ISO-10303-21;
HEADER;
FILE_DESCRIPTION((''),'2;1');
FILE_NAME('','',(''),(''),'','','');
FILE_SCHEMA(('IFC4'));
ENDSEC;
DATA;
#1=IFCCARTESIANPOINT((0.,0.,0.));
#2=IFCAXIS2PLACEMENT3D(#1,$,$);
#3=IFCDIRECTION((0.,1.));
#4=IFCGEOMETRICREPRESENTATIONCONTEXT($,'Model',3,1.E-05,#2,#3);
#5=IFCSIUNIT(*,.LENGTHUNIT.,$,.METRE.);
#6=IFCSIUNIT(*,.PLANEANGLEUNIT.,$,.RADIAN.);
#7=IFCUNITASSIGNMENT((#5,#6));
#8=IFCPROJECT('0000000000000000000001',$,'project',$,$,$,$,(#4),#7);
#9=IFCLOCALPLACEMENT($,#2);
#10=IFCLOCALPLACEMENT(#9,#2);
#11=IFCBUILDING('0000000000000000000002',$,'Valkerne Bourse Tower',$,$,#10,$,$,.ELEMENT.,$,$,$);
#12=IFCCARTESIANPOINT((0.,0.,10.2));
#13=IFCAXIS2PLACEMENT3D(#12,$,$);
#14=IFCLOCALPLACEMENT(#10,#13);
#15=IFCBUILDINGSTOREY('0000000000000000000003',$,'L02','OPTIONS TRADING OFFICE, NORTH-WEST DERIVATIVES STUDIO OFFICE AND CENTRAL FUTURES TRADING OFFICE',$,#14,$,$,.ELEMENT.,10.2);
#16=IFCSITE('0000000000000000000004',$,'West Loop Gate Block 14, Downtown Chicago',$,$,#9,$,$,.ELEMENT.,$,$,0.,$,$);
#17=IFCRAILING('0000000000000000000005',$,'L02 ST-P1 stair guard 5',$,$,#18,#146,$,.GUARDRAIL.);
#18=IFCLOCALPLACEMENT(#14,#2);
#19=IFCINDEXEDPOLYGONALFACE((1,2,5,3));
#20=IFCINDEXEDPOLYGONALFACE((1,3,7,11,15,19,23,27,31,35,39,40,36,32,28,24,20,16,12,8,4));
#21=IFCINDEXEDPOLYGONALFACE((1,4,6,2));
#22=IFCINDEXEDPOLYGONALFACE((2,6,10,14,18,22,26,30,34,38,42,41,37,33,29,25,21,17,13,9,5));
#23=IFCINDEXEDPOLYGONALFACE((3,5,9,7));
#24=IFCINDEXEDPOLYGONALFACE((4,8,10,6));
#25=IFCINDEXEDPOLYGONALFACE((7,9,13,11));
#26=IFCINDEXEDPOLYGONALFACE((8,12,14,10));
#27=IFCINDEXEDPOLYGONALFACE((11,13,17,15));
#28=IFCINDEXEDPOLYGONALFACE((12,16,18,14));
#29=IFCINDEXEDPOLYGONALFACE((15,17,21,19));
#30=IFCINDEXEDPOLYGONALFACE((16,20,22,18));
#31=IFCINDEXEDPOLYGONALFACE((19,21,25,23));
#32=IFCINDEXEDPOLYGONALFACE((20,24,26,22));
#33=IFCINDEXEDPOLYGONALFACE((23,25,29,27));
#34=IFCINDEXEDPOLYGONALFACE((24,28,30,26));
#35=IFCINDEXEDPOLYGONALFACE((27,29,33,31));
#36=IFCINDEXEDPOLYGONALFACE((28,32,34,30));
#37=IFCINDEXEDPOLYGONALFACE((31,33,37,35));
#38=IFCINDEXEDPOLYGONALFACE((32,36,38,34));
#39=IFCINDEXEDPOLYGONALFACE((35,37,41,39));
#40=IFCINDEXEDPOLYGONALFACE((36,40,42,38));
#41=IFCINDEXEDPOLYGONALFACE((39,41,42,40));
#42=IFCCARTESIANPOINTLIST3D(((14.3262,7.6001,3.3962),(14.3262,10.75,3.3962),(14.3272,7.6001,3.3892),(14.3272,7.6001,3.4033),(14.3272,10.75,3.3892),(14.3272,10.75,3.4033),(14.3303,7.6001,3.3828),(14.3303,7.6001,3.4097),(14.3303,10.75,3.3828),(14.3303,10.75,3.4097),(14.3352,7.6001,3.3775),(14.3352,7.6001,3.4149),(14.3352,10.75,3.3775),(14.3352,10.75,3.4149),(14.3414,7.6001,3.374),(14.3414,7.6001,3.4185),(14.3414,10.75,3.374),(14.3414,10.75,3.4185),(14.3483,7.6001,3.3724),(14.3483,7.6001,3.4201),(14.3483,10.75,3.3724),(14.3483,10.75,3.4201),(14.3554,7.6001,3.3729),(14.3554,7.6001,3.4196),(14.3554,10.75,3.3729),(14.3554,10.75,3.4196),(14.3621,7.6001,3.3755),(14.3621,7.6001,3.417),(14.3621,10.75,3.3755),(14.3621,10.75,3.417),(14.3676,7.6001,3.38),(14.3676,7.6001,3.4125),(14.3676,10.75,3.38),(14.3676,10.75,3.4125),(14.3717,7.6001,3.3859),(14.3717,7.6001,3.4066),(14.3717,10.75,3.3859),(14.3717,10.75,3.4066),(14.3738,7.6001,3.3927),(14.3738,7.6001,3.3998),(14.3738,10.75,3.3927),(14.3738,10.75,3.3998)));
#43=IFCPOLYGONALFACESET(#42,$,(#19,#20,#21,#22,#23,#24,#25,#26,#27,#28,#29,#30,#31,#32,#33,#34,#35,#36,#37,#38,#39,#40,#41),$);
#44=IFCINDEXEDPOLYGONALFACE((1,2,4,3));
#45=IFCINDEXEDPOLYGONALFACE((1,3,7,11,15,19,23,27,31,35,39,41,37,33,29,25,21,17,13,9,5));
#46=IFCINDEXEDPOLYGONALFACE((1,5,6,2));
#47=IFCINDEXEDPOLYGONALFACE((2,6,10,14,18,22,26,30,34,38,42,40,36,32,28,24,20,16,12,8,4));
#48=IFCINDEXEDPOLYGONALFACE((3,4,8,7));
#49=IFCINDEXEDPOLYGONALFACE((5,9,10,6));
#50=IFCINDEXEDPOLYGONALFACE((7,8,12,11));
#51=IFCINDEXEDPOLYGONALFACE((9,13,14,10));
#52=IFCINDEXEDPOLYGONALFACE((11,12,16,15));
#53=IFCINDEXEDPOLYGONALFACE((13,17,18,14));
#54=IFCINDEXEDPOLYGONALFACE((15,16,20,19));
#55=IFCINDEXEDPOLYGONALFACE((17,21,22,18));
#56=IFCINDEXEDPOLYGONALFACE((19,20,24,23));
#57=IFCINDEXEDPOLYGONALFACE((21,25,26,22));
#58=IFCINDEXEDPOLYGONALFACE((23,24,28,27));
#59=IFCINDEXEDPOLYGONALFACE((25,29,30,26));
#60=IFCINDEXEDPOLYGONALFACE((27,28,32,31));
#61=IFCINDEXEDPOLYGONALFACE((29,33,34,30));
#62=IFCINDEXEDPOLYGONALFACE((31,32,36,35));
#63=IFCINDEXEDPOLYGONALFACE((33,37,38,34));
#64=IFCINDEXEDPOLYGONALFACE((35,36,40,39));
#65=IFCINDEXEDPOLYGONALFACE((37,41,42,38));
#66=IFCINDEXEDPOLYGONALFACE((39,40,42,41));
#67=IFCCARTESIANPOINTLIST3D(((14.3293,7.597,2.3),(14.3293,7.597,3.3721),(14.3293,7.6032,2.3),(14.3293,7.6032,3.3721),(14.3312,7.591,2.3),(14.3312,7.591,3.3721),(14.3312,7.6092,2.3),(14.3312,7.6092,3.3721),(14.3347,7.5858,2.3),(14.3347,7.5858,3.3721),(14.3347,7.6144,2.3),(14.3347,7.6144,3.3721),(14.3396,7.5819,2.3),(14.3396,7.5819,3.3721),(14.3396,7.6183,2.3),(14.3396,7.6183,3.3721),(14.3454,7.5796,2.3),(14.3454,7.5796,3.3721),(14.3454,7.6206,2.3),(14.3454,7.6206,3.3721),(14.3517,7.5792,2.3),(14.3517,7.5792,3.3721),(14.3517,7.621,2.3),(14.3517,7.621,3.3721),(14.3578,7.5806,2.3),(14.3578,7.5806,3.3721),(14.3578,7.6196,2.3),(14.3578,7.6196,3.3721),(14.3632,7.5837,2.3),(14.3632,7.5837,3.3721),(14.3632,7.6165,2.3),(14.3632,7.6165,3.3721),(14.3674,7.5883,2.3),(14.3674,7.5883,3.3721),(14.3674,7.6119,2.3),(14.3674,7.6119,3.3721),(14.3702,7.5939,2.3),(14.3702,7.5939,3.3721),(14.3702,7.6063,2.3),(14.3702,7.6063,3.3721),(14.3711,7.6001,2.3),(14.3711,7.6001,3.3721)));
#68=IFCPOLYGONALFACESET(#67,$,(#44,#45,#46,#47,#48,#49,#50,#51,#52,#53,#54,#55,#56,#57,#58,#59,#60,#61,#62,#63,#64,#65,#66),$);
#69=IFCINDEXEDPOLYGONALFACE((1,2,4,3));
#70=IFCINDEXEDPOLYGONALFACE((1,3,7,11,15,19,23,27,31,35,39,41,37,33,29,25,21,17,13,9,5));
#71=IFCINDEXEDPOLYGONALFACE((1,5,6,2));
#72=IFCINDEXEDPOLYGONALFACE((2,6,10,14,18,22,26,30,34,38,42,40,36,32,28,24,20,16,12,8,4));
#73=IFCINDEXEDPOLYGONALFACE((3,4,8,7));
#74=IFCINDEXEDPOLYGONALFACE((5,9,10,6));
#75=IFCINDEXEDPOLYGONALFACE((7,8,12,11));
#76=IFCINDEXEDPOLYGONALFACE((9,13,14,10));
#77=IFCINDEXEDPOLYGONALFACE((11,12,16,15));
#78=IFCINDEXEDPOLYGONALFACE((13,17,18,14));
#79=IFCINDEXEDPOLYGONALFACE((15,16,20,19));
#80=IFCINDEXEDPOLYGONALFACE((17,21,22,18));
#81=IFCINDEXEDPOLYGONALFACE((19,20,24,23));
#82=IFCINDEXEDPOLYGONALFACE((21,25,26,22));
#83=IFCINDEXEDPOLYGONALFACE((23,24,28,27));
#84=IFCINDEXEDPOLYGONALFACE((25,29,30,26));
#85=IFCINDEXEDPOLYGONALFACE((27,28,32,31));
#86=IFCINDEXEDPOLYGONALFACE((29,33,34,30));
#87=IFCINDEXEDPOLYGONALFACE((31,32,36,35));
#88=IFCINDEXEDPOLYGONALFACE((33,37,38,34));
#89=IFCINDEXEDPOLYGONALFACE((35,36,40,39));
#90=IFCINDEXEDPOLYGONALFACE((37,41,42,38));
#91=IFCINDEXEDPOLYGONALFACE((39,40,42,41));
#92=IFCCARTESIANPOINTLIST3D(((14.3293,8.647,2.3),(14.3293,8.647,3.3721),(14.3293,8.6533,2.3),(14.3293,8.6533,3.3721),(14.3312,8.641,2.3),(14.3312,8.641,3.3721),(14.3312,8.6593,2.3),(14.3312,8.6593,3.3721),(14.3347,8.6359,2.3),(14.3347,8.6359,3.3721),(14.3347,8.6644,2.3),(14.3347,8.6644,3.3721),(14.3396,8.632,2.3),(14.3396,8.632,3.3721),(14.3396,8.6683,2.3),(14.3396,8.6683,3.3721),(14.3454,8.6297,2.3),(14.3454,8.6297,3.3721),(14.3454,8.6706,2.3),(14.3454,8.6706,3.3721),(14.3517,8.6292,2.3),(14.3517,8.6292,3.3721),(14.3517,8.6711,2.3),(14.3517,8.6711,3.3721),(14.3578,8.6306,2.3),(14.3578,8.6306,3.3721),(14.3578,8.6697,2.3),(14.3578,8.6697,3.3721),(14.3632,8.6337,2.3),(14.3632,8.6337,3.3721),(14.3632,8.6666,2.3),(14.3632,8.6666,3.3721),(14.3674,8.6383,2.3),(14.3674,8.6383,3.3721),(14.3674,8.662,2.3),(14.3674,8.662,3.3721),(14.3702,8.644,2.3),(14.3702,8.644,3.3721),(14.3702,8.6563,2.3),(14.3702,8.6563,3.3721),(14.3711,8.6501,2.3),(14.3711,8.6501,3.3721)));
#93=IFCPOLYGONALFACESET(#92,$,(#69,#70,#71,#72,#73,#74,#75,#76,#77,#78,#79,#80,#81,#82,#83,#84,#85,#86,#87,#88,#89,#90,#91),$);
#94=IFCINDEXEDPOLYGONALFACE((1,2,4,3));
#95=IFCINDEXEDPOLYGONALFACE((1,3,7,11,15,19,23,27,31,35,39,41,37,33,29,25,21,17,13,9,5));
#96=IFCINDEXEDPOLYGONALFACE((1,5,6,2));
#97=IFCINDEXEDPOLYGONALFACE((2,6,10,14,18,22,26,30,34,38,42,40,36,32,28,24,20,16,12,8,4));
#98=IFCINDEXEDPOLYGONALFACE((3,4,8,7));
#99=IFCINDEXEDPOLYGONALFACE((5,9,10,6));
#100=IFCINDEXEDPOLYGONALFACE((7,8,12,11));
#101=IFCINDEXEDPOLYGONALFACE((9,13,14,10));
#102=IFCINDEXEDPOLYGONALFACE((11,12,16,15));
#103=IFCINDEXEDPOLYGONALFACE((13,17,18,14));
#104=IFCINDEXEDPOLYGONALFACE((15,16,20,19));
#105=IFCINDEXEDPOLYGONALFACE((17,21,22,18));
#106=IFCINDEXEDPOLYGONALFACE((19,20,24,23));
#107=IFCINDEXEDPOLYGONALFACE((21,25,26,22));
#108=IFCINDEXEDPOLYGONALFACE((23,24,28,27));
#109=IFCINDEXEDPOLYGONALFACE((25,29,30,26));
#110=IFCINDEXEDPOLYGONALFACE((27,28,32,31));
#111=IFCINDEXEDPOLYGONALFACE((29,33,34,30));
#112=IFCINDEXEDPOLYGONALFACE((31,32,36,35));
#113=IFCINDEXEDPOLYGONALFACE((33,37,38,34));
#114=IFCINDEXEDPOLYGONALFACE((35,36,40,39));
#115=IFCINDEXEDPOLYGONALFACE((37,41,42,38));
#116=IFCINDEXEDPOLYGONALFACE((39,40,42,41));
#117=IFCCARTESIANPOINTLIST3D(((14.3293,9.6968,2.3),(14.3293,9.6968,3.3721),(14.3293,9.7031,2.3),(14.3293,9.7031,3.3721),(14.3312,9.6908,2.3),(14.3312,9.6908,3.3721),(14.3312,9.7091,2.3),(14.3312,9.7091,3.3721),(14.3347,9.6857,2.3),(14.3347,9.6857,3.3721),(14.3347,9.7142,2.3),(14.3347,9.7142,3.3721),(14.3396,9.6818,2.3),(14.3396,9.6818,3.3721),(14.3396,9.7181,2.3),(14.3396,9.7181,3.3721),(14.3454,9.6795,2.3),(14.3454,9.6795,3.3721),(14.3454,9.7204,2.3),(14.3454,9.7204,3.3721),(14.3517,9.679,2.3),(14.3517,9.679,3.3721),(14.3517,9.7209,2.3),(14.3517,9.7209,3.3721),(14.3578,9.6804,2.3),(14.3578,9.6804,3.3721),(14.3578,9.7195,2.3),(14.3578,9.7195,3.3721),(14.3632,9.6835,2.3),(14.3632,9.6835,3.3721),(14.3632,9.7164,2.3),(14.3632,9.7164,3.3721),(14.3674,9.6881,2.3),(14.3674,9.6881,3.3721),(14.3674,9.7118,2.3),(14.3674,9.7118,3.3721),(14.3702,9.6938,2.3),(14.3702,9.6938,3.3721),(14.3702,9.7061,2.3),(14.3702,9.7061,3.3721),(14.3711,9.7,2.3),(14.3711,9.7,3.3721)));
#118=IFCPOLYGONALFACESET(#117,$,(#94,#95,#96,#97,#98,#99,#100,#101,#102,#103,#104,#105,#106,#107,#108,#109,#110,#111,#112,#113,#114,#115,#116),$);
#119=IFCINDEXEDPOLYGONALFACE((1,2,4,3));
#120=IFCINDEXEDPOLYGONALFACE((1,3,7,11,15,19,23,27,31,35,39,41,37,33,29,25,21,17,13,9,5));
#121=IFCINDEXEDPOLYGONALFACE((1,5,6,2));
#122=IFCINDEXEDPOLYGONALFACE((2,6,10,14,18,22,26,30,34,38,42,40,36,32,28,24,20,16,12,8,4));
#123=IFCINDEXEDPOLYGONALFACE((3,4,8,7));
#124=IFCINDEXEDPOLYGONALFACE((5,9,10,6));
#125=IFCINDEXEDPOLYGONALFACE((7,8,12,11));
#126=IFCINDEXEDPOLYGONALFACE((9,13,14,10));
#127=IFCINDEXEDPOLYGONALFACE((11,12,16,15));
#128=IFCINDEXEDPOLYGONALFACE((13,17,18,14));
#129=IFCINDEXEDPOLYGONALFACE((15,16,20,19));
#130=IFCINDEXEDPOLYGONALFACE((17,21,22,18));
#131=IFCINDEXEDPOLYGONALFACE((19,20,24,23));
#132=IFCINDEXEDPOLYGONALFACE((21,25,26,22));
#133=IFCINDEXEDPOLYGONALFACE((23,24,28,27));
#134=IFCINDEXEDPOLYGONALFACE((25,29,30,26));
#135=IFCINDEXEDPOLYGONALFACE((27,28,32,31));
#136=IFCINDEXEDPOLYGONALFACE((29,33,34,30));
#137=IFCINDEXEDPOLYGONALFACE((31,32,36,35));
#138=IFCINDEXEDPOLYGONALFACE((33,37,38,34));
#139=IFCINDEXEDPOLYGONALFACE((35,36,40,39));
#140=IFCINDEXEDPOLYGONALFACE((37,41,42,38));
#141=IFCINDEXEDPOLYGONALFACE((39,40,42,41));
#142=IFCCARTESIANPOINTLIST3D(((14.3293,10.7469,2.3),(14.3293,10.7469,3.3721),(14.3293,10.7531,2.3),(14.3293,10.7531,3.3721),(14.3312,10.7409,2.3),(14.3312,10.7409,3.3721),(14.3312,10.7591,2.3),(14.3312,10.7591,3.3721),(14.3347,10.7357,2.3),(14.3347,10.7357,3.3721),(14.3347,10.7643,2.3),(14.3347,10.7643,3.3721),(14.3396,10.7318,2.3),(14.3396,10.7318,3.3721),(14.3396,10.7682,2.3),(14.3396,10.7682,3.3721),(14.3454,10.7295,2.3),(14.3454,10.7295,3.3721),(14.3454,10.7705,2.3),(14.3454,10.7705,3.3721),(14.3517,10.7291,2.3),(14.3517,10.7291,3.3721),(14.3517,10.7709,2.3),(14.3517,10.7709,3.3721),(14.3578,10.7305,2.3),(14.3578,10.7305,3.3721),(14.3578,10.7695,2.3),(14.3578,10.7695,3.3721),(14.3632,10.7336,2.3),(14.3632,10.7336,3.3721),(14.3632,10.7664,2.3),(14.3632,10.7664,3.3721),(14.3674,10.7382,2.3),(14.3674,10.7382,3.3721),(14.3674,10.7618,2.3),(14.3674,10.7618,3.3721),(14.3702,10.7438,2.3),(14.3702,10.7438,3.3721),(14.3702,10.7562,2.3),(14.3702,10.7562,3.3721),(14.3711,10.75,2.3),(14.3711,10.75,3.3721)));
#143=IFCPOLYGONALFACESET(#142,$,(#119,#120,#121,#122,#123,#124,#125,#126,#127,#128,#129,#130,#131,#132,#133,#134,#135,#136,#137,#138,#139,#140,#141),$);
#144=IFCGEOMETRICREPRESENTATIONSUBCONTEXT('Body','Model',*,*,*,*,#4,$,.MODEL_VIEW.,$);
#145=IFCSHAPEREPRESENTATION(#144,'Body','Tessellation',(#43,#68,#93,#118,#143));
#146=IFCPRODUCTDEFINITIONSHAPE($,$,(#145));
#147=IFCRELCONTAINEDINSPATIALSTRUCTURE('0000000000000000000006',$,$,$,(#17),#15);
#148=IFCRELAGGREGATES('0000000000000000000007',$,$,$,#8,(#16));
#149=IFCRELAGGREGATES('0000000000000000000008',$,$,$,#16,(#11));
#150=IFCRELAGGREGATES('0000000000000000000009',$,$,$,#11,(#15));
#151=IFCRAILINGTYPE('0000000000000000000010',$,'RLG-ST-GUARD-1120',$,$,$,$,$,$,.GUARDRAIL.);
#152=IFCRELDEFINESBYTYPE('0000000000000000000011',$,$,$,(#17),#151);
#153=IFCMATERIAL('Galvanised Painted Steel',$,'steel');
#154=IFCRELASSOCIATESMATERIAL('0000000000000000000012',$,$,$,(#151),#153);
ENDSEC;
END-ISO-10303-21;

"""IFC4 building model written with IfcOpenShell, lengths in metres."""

from ifc_helpers import new_model, si_unit, direction, frame, origin, origin_2d, place, context, subcontext, project, spatial, circle, extrude, material, type_object, element, save


model = new_model("IFC4")

# Units and contexts
model_context = context("Model", 3, precision=1e-05, world=origin(), true_north=direction((0.0, 1.0)))
body_context = subcontext(model_context, "Body", "Model", "MODEL_VIEW")
ifc_project = project(units=[si_unit("LENGTHUNIT", "METRE"), si_unit("PLANEANGLEUNIT", "RADIAN")], contexts=[model_context])

# Site, building, storey
site_placement = place(None, origin())
site = spatial("IfcSite", under=ifc_project, at=site_placement, Name="West Loop Gate Block 14, Downtown Chicago", CompositionType="ELEMENT", RefElevation=0.0)
building_placement = place(site_placement, origin())
building = spatial("IfcBuilding", under=site, at=building_placement, Name="Valkerne Bourse Tower", CompositionType="ELEMENT")
storey_placement = place(building_placement, frame((0.0, 0.0, 10.2)))
storey = spatial("IfcBuildingStorey", under=building, at=storey_placement, Name="L02", Description="OPTIONS TRADING OFFICE, NORTH-WEST DERIVATIVES STUDIO OFFICE AND CENTRAL FUTURES TRADING OFFICE", CompositionType="ELEMENT", Elevation=10.2)

# Railing
ifc_material_1 = material(Name="Galvanised Painted Steel", Category="steel")
railing_type_1 = type_object("IfcRailingType", Name="RLG-ST-GUARD-1120", PredefinedType="GUARDRAIL", material=ifc_material_1)
railing_1_placement = place(storey_placement, frame((14.3501, 7.6001, 2.3)))
element("IfcRailing", 1, at=railing_1_placement, inside=storey, type_object=railing_type_1, Name="L02 ST-P1 stair guard 5", PredefinedType="GUARDRAIL", context=body_context, shape_type="SweptSolid", body=[
    extrude(circle(Radius=0.0239, at=origin_2d()), frame((0.0, 0.0, 1.0962), z_axis=(0.0, 1.0, 0.0), x_axis=(-1.0, 0.0, 0.0)), (0.0, 0.0, 1.0), 3.1499),
    extrude(circle(Radius=0.021, at=origin_2d()), origin(), (0.0, 0.0, 1.0), 1.072),
    extrude(circle(Radius=0.021, at=origin_2d()), frame((0.0, 1.05, 0.0)), (0.0, 0.0, 1.0), 1.072),
    extrude(circle(Radius=0.021, at=origin_2d()), frame((0.0, 2.0999, 0.0)), (0.0, 0.0, 1.0), 1.072),
    extrude(circle(Radius=0.021, at=origin_2d()), frame((0.0, 3.1499, 0.0)), (0.0, 0.0, 1.0), 1.072),
])

save(model, "model.ifc")
